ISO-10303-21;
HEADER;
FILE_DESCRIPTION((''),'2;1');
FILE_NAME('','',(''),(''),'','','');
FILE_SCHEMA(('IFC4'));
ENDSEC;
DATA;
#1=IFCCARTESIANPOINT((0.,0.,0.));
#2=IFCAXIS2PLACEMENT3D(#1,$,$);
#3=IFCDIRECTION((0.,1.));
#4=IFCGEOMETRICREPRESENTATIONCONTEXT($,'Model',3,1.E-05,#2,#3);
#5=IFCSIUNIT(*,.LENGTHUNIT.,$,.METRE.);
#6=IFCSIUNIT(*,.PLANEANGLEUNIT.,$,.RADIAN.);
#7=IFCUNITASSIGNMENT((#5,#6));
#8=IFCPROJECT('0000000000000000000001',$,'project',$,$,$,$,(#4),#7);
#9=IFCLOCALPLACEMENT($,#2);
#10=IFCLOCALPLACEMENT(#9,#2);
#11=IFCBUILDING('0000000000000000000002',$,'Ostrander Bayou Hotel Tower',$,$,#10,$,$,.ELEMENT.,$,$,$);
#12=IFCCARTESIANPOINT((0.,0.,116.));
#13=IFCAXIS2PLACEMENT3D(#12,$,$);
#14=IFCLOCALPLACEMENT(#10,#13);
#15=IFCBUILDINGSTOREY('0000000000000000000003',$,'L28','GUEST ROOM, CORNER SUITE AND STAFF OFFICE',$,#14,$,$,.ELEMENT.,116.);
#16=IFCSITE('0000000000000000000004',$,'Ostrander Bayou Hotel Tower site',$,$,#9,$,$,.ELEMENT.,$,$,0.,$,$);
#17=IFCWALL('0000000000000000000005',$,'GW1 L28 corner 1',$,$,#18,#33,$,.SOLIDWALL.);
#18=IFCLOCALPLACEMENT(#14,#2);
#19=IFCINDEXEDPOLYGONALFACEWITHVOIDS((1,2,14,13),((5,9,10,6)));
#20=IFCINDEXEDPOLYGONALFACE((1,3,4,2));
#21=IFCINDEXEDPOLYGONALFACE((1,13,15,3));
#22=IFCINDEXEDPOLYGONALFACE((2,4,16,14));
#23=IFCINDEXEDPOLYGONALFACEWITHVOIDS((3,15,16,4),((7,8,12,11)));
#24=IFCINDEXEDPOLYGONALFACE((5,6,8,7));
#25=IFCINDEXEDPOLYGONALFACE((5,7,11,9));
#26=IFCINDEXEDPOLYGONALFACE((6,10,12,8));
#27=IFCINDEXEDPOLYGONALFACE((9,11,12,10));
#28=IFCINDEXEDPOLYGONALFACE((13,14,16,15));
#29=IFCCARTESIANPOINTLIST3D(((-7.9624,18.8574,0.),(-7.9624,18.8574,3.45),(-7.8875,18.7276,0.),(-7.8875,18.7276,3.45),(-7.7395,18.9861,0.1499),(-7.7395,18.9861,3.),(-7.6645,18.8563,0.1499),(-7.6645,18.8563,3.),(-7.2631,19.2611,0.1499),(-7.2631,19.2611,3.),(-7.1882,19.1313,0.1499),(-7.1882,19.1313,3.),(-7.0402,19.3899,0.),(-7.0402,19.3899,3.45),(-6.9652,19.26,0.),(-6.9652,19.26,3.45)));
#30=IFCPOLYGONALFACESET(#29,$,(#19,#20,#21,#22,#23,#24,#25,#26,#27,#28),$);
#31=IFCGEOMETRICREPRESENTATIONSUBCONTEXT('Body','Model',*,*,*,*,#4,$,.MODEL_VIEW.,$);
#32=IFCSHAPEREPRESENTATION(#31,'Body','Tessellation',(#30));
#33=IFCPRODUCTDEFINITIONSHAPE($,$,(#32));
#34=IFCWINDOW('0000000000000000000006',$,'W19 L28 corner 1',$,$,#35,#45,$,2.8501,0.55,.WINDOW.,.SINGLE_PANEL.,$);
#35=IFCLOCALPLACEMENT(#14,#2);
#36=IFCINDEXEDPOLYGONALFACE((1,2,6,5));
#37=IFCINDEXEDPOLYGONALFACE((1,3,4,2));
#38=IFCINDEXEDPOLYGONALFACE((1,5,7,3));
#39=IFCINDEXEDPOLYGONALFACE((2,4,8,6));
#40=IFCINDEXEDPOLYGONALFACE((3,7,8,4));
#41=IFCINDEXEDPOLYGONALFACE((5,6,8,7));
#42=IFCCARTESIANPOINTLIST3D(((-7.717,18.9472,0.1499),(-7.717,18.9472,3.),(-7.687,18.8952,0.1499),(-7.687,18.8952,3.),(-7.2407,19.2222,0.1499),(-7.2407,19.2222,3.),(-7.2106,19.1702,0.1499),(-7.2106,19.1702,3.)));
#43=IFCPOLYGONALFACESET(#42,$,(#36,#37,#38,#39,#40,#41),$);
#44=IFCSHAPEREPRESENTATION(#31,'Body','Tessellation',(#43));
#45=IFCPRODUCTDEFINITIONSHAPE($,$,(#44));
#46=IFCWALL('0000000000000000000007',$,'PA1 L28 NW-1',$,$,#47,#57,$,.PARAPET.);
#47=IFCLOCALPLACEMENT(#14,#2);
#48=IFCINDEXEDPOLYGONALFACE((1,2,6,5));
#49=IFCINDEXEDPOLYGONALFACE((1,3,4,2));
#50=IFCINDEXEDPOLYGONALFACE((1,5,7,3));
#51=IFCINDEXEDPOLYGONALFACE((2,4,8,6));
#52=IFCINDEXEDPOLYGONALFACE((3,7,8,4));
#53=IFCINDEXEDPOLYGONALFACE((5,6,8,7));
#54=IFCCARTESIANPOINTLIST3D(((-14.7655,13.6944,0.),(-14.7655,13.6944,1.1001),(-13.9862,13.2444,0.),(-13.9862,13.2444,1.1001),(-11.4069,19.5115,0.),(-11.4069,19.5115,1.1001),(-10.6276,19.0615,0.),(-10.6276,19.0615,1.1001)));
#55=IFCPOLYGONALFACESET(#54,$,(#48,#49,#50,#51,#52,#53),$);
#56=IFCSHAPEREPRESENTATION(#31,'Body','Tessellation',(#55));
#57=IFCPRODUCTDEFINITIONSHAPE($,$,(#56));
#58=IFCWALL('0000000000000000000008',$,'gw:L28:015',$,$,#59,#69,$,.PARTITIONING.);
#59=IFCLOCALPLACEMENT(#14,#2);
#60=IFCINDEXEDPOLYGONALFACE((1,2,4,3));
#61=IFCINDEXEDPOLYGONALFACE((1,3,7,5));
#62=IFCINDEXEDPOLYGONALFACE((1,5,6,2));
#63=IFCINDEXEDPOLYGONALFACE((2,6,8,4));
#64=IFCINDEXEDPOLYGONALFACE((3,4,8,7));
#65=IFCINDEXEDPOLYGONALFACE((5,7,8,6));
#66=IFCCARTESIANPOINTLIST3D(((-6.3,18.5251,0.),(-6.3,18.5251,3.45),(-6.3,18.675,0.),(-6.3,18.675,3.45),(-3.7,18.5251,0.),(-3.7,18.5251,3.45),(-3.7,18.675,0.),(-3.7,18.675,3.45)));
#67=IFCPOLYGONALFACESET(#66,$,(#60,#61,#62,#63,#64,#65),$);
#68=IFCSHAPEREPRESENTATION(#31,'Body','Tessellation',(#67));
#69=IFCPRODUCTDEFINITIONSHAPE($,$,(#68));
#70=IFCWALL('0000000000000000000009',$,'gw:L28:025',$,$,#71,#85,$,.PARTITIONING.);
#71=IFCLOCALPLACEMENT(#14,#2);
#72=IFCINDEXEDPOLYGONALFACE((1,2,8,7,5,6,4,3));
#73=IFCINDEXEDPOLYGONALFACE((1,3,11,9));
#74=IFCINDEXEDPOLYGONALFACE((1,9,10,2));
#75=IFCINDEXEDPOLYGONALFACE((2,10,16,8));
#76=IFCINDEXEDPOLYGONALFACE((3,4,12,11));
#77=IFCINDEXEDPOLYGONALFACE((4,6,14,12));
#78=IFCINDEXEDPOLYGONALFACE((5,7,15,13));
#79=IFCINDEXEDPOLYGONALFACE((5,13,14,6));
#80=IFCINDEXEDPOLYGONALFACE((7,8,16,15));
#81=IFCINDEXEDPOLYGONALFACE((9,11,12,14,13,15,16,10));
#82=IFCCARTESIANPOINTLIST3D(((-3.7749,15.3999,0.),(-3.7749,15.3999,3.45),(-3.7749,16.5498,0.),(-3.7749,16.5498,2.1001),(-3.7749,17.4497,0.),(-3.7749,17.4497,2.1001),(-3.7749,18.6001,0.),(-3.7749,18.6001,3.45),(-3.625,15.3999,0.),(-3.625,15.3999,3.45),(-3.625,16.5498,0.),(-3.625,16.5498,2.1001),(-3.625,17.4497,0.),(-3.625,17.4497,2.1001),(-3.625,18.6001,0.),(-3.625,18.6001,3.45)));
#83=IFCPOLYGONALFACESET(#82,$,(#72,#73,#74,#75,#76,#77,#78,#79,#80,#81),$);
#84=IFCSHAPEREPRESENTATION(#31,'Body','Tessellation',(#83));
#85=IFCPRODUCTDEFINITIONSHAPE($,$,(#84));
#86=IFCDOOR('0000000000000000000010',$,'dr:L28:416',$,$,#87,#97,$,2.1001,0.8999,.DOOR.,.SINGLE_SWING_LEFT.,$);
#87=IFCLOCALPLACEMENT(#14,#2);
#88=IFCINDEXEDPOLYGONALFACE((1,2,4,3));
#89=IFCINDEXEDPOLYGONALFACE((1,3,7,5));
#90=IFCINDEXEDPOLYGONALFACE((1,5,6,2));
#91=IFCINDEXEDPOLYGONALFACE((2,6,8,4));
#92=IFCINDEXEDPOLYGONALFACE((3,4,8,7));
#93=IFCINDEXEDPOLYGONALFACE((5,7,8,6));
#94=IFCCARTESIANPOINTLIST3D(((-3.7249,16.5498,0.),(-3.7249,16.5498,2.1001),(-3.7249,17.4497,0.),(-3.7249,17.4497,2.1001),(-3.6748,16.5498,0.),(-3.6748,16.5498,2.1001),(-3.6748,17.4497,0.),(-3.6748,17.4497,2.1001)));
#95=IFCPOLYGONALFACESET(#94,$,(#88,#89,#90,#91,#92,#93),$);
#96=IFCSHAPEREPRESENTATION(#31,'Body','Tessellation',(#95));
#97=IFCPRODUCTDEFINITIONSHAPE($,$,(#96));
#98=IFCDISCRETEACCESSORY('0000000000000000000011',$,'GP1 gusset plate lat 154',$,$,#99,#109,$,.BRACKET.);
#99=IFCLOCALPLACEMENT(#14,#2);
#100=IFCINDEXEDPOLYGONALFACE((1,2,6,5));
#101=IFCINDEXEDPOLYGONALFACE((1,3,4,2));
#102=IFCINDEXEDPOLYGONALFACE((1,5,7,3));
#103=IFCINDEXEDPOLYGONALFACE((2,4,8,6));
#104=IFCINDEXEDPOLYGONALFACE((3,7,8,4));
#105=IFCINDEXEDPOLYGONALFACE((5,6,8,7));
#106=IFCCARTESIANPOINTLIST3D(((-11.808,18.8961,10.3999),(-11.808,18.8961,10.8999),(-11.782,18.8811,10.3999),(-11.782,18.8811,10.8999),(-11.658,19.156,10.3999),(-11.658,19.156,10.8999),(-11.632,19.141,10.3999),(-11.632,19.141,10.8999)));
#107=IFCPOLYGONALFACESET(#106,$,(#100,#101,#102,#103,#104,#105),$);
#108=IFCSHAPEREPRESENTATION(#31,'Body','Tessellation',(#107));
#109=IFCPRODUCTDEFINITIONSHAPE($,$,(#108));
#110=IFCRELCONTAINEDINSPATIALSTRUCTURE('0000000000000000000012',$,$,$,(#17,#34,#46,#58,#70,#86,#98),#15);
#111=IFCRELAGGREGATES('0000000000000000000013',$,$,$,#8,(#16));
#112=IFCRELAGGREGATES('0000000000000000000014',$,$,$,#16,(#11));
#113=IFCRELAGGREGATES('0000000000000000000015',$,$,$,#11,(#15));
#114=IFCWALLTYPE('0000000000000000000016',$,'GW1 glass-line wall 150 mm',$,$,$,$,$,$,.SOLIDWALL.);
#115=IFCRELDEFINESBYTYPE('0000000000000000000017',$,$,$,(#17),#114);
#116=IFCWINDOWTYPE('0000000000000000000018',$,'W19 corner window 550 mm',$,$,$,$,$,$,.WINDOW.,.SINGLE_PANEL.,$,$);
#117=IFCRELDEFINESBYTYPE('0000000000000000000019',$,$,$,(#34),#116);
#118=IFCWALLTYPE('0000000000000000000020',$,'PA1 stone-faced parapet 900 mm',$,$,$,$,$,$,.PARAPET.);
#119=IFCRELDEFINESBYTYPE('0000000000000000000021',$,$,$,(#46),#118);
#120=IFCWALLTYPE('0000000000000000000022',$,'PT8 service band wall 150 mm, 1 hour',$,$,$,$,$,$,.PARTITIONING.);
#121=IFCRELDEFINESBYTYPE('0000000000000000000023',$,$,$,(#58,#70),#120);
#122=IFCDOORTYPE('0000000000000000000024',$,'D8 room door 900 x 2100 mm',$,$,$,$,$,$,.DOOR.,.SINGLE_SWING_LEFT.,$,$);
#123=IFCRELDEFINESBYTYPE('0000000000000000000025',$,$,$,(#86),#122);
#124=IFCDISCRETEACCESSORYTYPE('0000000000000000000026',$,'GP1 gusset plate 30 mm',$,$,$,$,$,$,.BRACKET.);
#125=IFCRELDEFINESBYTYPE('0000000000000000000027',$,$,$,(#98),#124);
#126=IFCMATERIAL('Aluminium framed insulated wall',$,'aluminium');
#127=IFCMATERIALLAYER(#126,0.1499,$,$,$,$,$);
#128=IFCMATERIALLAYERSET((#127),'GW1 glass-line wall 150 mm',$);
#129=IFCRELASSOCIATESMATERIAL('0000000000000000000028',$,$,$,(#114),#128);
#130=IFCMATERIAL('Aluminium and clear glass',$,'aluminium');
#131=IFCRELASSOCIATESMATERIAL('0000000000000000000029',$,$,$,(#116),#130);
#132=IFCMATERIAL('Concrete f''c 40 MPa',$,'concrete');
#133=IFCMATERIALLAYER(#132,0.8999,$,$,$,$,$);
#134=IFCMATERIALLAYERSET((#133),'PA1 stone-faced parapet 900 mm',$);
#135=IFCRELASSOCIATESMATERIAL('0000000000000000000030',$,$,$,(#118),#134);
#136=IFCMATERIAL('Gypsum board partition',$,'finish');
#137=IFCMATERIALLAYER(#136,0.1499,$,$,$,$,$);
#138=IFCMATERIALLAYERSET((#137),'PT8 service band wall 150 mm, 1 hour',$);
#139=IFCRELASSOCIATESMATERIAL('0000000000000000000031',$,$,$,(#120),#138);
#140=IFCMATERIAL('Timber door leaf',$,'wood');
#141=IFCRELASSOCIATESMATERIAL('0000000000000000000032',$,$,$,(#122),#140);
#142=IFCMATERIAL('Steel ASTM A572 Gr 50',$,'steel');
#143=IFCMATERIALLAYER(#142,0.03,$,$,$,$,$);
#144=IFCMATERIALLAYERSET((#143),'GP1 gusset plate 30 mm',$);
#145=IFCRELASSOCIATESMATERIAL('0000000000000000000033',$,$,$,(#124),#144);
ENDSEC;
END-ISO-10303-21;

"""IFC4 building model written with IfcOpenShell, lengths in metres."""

from ifc_helpers import new_model, si_unit, direction, frame, frame_2d, origin, origin_2d, place, context, subcontext, project, spatial, rectangle, extrude, material, layer, layer_set, type_object, element, fill, save


model = new_model("IFC4")

# Units and contexts
model_context = context("Model", 3, precision=1e-05, world=origin(), true_north=direction((0.0, 1.0)))
body_context = subcontext(model_context, "Body", "Model", "MODEL_VIEW")
ifc_project = project(units=[si_unit("LENGTHUNIT", "METRE"), si_unit("PLANEANGLEUNIT", "RADIAN")], contexts=[model_context])

# Site, building, storey
site_placement = place(None, origin())
site = spatial("IfcSite", under=ifc_project, at=site_placement, Name="Ostrander Bayou Hotel Tower site", CompositionType="ELEMENT", RefElevation=0.0)
building_placement = place(site_placement, origin())
building = spatial("IfcBuilding", under=site, at=building_placement, Name="Ostrander Bayou Hotel Tower", CompositionType="ELEMENT")
storey_placement = place(building_placement, frame((0.0, 0.0, 116.0)))
storey = spatial("IfcBuildingStorey", under=building, at=storey_placement, Name="L28", Description="GUEST ROOM, CORNER SUITE AND STAFF OFFICE", CompositionType="ELEMENT", Elevation=116.0)

# Shared definitions
ifc_material_1 = material(Name="Aluminium framed insulated wall", Category="aluminium")
ifc_layer_1 = layer(ifc_material_1, 0.1499)
ifc_layer_set_1 = layer_set([ifc_layer_1], Name="GW1 glass-line wall 150 mm")
wall_type_1 = type_object("IfcWallType", Name="GW1 glass-line wall 150 mm", PredefinedType="SOLIDWALL", material=ifc_layer_set_1)

# Wall, opening, window
wall_1_placement = place(storey_placement, frame((-7.0027, 19.325, 0.0), z_axis=(0.0, 0.0, 1.0), x_axis=(-0.866048, -0.499961, 0.0)))
wall_1 = element("IfcWall", 1, at=wall_1_placement, inside=storey, type_object=wall_type_1, Name="GW1 L28 corner 1", PredefinedType="SOLIDWALL", context=body_context, shape_type="SweptSolid", body=[
    extrude(rectangle(XDim=1.0649, YDim=0.1499, at=frame_2d((0.5325, 0.0))), origin(), (0.0, 0.0, 1.0), 3.45),
])
opening_1_placement = place(wall_1_placement, frame((0.2576, 0.0, 0.1499)))
opening_1 = element("IfcOpeningElement", 2, at=opening_1_placement, cuts=wall_1, PredefinedType="OPENING", context=body_context, shape_type="SweptSolid", body=[
    extrude(rectangle(XDim=0.55, YDim=2.8501, at=frame_2d((0.2749, 1.425))), frame((0.0, 0.075, 0.0), z_axis=(0.0, -1.0, 0.0), x_axis=(1.0, 0.0, 0.0)), (0.0, 0.0, 1.0), 0.1499),
])
ifc_material_2 = material(Name="Aluminium and clear glass", Category="aluminium")
window_type_1 = type_object("IfcWindowType", Name="W19 corner window 550 mm", PartitioningType="SINGLE_PANEL", PredefinedType="WINDOW", material=ifc_material_2)
window_1_placement = place(opening_1_placement, origin())
window_1 = element("IfcWindow", 3, at=window_1_placement, inside=storey, type_object=window_type_1, Name="W19 L28 corner 1", OverallHeight=2.8501, OverallWidth=0.55, PartitioningType="SINGLE_PANEL", PredefinedType="WINDOW", context=body_context, shape_type="SweptSolid", body=[
    extrude(rectangle(XDim=0.55, YDim=2.8501, at=frame_2d((0.2749, 1.425))), frame((0.0, 0.03, 0.0), z_axis=(0.0, -1.0, 0.0), x_axis=(1.0, 0.0, 0.0)), (0.0, 0.0, 1.0), 0.0601),
])
fill(opening_1, window_1)

# Walls
ifc_material_3 = material(Name="Concrete f'c 40 MPa", Category="concrete")
ifc_layer_2 = layer(ifc_material_3, 0.8999)
ifc_layer_set_2 = layer_set([ifc_layer_2], Name="PA1 stone-faced parapet 900 mm")
wall_type_2 = type_object("IfcWallType", Name="PA1 stone-faced parapet 900 mm", PredefinedType="PARAPET", material=ifc_layer_set_2)
wall_2_placement = place(storey_placement, frame((-11.0173, 19.2864, 0.0), z_axis=(0.0, 0.0, 1.0), x_axis=(-0.500013, -0.866018, 0.0)))
element("IfcWall", 4, at=wall_2_placement, inside=storey, type_object=wall_type_2, Name="PA1 L28 NW-1", PredefinedType="PARAPET", context=body_context, shape_type="SweptSolid", body=[
    extrude(rectangle(XDim=6.717, YDim=0.8999, at=frame_2d((3.3584, 0.0))), origin(), (0.0, 0.0, 1.0), 1.1001),
])
ifc_material_4 = material(Name="Gypsum board partition", Category="finish")
ifc_layer_3 = layer(ifc_material_4, 0.1499)
ifc_layer_set_3 = layer_set([ifc_layer_3], Name="PT8 service band wall 150 mm, 1 hour")
wall_type_3 = type_object("IfcWallType", Name="PT8 service band wall 150 mm, 1 hour", PredefinedType="PARTITIONING", material=ifc_layer_set_3)
wall_3_placement = place(storey_placement, frame((-6.3, 18.6001, 0.0), z_axis=(0.0, 0.0, 1.0), x_axis=(1.0, 0.0, 0.0)))
element("IfcWall", 5, at=wall_3_placement, inside=storey, type_object=wall_type_3, Name="gw:L28:015", PredefinedType="PARTITIONING", context=body_context, shape_type="SweptSolid", body=[
    extrude(rectangle(XDim=2.6001, YDim=0.1499, at=frame_2d((1.3, 0.0))), origin(), (0.0, 0.0, 1.0), 3.45),
])

# Wall, opening, door
wall_4_placement = place(storey_placement, frame((-3.7, 15.3999, 0.0), z_axis=(0.0, 0.0, 1.0), x_axis=(0.0, 1.0, 0.0)))
wall_4 = element("IfcWall", 6, at=wall_4_placement, inside=storey, type_object=wall_type_3, Name="gw:L28:025", PredefinedType="PARTITIONING", context=body_context, shape_type="SweptSolid", body=[
    extrude(rectangle(XDim=3.2002, YDim=0.1499, at=frame_2d((1.6001, 0.0))), origin(), (0.0, 0.0, 1.0), 3.45),
])
opening_2_placement = place(wall_4_placement, frame((1.1499, 0.0, 0.0)))
opening_2 = element("IfcOpeningElement", 7, at=opening_2_placement, cuts=wall_4, PredefinedType="OPENING", context=body_context, shape_type="SweptSolid", body=[
    extrude(rectangle(XDim=0.8999, YDim=2.1001, at=frame_2d((0.45, 1.05))), frame((0.0, 0.075, 0.0), z_axis=(0.0, -1.0, 0.0), x_axis=(1.0, 0.0, 0.0)), (0.0, 0.0, 1.0), 0.1499),
])
ifc_material_5 = material(Name="Timber door leaf", Category="wood")
door_type = type_object("IfcDoorType", Name="D8 room door 900 x 2100 mm", OperationType="SINGLE_SWING_LEFT", PredefinedType="DOOR", material=ifc_material_5)
door_placement = place(opening_2_placement, origin())
door = element("IfcDoor", 8, at=door_placement, inside=storey, type_object=door_type, Name="dr:L28:416", OperationType="SINGLE_SWING_LEFT", OverallHeight=2.1001, OverallWidth=0.8999, PredefinedType="DOOR", context=body_context, shape_type="SweptSolid", body=[
    extrude(rectangle(XDim=0.8999, YDim=2.1001, at=frame_2d((0.45, 1.05))), frame((0.0, 0.0249, 0.0), z_axis=(0.0, -1.0, 0.0), x_axis=(1.0, 0.0, 0.0)), (0.0, 0.0, 1.0), 0.05),
])
fill(opening_2, door)

# Discrete accessory
ifc_material_6 = material(Name="Steel ASTM A572 Gr 50", Category="steel")
ifc_layer_4 = layer(ifc_material_6, 0.03)
ifc_layer_set_4 = layer_set([ifc_layer_4], Name="GP1 gusset plate 30 mm")
discrete_accessory_type = type_object("IfcDiscreteAccessoryType", Name="GP1 gusset plate 30 mm", PredefinedType="BRACKET", material=ifc_layer_set_4)
discrete_accessory_placement = place(storey_placement, frame((-11.72, 19.0186, 10.3999), z_axis=(0.0, 0.0, 1.0), x_axis=(-0.5, -0.866025, 0.0)))
element("IfcDiscreteAccessory", 9, at=discrete_accessory_placement, inside=storey, type_object=discrete_accessory_type, Name="GP1 gusset plate lat 154", PredefinedType="BRACKET", context=body_context, shape_type="SweptSolid", body=[
    extrude(rectangle(XDim=0.3, YDim=0.03, at=origin_2d()), origin(), (0.0, 0.0, 1.0), 0.5),
])

save(model, "model.ifc")
